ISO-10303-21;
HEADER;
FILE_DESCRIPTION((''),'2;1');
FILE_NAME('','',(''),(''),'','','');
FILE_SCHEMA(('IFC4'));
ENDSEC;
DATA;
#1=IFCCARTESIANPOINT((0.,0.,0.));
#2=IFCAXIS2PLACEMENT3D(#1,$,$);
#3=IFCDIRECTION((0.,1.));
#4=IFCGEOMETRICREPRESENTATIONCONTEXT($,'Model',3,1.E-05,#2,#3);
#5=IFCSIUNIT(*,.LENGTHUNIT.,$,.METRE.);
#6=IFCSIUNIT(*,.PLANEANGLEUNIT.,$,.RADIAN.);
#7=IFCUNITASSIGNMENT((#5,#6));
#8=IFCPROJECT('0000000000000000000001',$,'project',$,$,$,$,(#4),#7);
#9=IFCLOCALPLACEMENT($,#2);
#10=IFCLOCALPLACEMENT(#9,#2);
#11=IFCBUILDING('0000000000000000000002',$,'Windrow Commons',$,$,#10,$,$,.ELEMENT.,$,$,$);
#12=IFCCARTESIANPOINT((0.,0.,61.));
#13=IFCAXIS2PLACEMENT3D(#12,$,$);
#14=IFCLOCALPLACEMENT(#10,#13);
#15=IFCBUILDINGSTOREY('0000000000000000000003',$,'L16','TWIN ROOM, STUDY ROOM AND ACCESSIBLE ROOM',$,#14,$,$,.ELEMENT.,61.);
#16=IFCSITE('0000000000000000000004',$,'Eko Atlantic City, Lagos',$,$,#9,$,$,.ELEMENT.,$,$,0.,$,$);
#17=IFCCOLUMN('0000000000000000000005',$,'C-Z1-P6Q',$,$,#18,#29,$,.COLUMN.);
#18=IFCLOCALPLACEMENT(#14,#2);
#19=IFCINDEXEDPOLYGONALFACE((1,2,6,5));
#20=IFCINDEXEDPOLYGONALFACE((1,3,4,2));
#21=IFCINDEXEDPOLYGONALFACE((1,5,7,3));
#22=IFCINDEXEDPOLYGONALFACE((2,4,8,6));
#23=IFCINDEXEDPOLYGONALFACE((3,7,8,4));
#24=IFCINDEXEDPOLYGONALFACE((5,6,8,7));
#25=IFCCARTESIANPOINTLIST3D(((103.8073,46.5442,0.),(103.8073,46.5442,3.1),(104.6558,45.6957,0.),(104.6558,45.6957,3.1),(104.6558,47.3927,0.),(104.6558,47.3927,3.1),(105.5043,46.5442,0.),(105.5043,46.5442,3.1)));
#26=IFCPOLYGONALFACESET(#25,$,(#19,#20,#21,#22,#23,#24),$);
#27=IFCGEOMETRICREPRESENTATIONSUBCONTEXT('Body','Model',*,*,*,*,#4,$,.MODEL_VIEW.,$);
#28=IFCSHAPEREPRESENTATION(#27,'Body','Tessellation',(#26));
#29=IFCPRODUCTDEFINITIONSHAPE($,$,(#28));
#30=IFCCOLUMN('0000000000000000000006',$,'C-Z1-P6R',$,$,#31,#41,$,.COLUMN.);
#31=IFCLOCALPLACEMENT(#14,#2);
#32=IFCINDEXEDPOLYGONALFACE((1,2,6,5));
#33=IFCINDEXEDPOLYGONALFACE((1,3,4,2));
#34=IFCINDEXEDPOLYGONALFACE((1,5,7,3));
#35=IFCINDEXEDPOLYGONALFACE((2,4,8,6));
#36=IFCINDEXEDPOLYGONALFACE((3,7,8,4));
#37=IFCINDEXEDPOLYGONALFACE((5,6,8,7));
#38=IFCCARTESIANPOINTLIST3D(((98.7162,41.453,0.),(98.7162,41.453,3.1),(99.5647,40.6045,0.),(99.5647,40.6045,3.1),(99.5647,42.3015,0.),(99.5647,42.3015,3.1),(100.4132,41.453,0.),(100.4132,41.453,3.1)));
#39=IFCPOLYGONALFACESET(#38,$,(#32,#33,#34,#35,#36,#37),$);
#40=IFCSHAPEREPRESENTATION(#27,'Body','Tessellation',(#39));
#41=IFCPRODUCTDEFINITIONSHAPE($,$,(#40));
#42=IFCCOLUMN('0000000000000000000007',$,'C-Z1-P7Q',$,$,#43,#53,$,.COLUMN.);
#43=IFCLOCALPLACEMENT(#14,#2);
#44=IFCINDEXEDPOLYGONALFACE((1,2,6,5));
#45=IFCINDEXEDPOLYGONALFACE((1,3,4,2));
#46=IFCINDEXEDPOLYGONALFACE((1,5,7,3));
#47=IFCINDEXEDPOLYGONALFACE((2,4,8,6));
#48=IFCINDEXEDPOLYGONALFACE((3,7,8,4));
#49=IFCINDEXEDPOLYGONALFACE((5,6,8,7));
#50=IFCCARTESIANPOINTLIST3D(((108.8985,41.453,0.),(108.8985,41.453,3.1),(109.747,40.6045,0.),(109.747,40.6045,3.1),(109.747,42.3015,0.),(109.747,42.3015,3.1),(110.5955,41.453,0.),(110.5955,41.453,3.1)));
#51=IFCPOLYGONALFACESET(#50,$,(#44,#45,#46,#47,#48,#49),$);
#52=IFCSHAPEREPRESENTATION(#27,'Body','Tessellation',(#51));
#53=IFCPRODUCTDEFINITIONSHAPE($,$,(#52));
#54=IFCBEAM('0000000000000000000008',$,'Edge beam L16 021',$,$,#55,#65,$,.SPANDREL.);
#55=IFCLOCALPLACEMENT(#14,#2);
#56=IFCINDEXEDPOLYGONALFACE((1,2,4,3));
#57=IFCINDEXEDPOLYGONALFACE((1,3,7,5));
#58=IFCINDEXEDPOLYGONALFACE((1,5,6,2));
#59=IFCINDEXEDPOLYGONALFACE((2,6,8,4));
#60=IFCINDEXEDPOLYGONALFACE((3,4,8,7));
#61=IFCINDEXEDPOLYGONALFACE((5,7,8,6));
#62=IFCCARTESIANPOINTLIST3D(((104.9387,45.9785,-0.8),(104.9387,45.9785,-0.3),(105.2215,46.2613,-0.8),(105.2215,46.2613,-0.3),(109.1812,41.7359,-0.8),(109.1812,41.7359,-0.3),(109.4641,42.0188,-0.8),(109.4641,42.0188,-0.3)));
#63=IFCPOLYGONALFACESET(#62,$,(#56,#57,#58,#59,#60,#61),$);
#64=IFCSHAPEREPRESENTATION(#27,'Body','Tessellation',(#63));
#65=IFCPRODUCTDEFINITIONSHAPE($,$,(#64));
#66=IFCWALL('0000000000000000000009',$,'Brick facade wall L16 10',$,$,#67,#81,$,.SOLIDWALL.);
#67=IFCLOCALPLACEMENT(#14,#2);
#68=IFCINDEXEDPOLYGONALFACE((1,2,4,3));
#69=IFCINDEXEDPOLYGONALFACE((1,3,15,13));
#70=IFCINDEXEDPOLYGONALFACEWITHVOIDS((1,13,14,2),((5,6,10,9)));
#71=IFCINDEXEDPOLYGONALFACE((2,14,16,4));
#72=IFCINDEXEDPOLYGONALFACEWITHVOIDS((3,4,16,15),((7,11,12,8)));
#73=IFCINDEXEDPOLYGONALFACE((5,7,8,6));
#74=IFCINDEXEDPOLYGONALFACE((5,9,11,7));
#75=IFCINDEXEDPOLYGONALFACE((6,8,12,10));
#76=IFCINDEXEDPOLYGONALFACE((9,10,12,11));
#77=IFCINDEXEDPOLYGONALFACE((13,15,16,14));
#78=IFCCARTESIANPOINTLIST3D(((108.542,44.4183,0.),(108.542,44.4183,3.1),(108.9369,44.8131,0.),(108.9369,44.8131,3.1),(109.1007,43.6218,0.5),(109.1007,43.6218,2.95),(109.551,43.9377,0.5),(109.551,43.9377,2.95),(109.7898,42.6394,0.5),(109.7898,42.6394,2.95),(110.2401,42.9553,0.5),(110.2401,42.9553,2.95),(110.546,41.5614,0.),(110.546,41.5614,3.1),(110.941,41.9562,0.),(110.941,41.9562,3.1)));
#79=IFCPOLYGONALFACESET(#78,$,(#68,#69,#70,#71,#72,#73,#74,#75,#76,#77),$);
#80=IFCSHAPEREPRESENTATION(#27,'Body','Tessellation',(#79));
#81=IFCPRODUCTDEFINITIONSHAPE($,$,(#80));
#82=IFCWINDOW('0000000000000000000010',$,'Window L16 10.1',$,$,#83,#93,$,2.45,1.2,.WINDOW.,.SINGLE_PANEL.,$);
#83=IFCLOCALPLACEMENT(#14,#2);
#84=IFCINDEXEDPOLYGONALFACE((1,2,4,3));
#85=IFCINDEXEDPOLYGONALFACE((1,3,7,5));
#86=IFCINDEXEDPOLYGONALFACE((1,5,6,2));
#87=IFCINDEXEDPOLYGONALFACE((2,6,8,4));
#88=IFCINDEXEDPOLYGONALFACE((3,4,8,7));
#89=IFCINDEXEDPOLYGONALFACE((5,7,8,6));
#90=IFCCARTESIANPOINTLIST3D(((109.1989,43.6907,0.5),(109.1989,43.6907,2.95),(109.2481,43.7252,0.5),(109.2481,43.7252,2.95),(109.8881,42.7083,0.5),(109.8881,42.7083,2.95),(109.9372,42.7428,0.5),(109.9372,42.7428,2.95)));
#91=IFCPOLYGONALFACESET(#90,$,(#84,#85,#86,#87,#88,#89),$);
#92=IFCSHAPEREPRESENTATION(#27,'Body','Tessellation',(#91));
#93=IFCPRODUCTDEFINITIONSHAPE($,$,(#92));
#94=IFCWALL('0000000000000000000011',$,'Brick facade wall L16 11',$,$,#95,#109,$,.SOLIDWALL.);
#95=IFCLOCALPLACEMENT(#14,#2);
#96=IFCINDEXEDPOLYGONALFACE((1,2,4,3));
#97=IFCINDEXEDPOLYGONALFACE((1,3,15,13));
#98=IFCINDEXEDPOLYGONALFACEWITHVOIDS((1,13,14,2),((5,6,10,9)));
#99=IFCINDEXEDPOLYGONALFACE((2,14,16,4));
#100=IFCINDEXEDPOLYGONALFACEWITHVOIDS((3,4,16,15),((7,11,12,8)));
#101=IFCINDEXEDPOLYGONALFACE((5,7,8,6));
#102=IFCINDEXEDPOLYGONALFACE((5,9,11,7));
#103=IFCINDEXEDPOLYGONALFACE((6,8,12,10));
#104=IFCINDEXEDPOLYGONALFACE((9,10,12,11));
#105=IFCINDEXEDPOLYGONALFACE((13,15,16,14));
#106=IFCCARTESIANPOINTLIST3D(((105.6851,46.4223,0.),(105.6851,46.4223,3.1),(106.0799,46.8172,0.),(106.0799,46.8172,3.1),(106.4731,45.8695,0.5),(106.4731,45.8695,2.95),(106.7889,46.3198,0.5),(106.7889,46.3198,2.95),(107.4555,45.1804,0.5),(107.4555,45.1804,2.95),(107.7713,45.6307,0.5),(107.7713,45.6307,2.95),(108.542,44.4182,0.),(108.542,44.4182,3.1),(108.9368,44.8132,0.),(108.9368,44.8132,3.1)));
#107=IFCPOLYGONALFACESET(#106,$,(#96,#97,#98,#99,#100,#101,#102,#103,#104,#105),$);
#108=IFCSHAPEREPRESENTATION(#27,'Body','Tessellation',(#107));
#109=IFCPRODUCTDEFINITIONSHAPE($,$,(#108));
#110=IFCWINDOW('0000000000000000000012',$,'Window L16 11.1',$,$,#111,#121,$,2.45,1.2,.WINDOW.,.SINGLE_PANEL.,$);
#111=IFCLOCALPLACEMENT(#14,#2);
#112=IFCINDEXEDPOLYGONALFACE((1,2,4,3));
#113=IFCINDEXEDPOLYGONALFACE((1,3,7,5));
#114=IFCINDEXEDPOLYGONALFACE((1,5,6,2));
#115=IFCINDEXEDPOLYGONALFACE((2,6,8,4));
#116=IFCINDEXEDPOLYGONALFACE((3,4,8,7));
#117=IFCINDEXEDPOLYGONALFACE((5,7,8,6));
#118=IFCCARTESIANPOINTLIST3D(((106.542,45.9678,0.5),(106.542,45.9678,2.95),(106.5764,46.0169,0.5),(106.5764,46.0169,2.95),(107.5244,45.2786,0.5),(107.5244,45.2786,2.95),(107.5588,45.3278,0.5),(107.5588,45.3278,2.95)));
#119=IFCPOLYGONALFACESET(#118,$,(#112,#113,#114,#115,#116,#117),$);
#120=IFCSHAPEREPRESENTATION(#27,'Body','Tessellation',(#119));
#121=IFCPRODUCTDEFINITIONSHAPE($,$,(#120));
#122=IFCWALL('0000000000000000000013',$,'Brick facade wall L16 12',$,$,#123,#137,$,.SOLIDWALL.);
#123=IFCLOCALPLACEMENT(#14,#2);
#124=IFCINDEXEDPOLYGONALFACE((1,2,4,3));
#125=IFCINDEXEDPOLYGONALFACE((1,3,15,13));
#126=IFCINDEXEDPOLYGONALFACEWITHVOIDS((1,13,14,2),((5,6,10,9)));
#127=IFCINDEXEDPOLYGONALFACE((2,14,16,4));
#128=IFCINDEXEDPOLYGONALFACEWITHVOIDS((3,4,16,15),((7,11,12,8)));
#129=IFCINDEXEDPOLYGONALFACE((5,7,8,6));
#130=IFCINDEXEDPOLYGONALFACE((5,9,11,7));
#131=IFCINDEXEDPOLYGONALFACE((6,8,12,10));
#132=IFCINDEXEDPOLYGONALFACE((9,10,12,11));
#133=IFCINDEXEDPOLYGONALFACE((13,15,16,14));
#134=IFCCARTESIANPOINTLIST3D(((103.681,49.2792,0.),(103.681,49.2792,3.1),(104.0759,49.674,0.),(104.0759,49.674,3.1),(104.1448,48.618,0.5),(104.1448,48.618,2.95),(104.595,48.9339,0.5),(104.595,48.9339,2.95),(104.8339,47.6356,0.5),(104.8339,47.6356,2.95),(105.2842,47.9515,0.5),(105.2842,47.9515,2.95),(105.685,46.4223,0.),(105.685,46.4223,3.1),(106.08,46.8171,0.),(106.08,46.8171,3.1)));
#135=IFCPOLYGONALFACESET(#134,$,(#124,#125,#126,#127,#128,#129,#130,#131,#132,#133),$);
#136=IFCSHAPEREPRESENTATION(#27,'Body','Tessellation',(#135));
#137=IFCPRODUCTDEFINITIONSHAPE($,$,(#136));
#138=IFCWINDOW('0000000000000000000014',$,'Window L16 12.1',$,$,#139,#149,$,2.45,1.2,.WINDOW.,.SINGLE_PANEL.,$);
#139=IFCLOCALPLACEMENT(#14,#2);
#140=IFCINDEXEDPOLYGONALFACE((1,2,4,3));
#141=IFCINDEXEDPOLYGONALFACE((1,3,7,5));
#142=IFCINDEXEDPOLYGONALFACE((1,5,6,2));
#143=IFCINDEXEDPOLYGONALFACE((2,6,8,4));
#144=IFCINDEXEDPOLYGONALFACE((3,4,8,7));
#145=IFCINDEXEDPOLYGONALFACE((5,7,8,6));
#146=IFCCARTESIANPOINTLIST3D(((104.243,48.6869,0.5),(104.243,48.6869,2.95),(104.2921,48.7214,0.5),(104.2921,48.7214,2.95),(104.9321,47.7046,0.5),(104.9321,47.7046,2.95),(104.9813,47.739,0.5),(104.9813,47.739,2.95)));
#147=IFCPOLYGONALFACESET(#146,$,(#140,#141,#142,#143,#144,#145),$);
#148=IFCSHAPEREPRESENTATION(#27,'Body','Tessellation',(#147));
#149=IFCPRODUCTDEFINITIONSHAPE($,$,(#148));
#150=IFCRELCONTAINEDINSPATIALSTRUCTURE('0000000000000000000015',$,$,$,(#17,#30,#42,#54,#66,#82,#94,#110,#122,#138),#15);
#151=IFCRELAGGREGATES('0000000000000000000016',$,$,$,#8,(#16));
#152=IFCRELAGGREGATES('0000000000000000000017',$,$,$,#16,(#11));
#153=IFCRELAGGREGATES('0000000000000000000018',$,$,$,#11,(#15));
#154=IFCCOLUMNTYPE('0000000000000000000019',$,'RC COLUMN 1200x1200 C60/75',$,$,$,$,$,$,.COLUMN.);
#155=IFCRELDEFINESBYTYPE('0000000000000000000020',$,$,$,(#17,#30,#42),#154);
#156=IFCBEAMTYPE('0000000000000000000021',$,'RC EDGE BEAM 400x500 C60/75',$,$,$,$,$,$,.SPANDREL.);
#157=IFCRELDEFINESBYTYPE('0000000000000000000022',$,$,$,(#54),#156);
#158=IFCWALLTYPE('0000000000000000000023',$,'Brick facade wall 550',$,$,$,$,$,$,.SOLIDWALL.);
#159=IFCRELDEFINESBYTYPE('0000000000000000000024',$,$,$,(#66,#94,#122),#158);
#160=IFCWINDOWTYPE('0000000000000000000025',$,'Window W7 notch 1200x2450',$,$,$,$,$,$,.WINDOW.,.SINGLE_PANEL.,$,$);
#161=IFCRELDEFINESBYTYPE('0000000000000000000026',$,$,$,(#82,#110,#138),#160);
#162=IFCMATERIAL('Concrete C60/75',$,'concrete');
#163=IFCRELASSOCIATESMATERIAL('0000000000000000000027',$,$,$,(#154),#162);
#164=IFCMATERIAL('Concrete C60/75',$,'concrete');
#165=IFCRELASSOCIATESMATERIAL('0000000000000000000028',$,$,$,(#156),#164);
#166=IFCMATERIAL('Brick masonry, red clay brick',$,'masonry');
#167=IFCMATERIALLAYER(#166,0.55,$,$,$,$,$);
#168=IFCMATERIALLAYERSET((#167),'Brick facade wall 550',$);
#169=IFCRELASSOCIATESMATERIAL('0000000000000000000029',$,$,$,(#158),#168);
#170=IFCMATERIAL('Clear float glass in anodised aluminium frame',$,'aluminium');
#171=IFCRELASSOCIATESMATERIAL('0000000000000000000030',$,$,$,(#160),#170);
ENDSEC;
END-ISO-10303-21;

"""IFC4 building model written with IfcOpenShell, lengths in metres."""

from ifc_helpers import new_model, si_unit, direction, frame, frame_2d, origin, origin_2d, place, context, subcontext, project, spatial, polyline, rectangle, outline, extrude, material, layer, layer_set, material_profile, profile_set, type_object, element, fill, save


model = new_model("IFC4")

# Units and contexts
model_context = context("Model", 3, precision=1e-05, world=origin(), true_north=direction((0.0, 1.0)))
body_context = subcontext(model_context, "Body", "Model", "MODEL_VIEW")
ifc_project = project(units=[si_unit("LENGTHUNIT", "METRE"), si_unit("PLANEANGLEUNIT", "RADIAN")], contexts=[model_context])

# Site, building, storey
site_placement = place(None, origin())
site = spatial("IfcSite", under=ifc_project, at=site_placement, Name="Eko Atlantic City, Lagos", CompositionType="ELEMENT", RefElevation=0.0)
building_placement = place(site_placement, origin())
building = spatial("IfcBuilding", under=site, at=building_placement, Name="Windrow Commons", CompositionType="ELEMENT")
storey_placement = place(building_placement, frame((0.0, 0.0, 61.0)))
storey = spatial("IfcBuildingStorey", under=building, at=storey_placement, Name="L16", Description="TWIN ROOM, STUDY ROOM AND ACCESSIBLE ROOM", CompositionType="ELEMENT", Elevation=61.0)

# Columns
ifc_material_1 = material(Name="Concrete C60/75", Category="concrete")
ifc_material_profile_1 = material_profile(ifc_material_1, rectangle(XDim=1.2, YDim=1.2, at=origin_2d()))
ifc_profile_set_1 = profile_set([ifc_material_profile_1], Name="Concrete C60/75")
column_type = type_object("IfcColumnType", Name="RC COLUMN 1200x1200 C60/75", PredefinedType="COLUMN", material=ifc_profile_set_1)
for number, where, z_axis, x_axis, name in (
    (1, (104.6558, 46.5442, 0.0), (0.0, 0.0, 1.0), (0.707107, -0.707107, 0.0), "C-Z1-P6Q"),
    (2, (99.5647, 41.453, 0.0), (0.0, 0.0, 1.0), (0.707107, -0.707107, 0.0), "C-Z1-P6R"),
    (3, (109.747, 41.453, 0.0), (0.0, 0.0, 1.0), (0.707107, -0.707107, 0.0), "C-Z1-P7Q"),
):
    element("IfcColumn", number, at=place(storey_placement, frame(where, z_axis=z_axis, x_axis=x_axis)), inside=storey, type_object=column_type, Name=name, PredefinedType="COLUMN", context=body_context, shape_type="SweptSolid", body=[
        extrude(rectangle(XDim=1.2, YDim=1.2, at=origin_2d()), origin(), (0.0, 0.0, 1.0), 3.1),
    ])

# Beam
ifc_material_2 = material(Name="Concrete C60/75", Category="concrete")
ifc_material_profile_2 = material_profile(ifc_material_2, rectangle(XDim=0.4, YDim=0.5, at=origin_2d()))
ifc_profile_set_2 = profile_set([ifc_material_profile_2], Name="Concrete C60/75")
beam_type = type_object("IfcBeamType", Name="RC EDGE BEAM 400x500 C60/75", PredefinedType="SPANDREL", material=ifc_profile_set_2)
beam_placement = place(storey_placement, frame((105.0801, 46.1199, -0.55), z_axis=(0.707107, -0.707107, 0.0), x_axis=(0.707107, 0.707107, 0.0)))
element("IfcBeam", 4, at=beam_placement, inside=storey, type_object=beam_type, Name="Edge beam L16 021", PredefinedType="SPANDREL", context=body_context, shape_type="SweptSolid", body=[
    extrude(rectangle(XDim=0.4, YDim=0.5, at=origin_2d()), origin(), (0.0, 0.0, 1.0), 5.9999),
])

# Walls, openings, windows
ifc_material_3 = material(Name="Brick masonry, red clay brick", Category="masonry")
ifc_layer_1 = layer(ifc_material_3, 0.55)
ifc_layer_set_1 = layer_set([ifc_layer_1], Name="Brick facade wall 550")
wall_type_1 = type_object("IfcWallType", Name="Brick facade wall 550", PredefinedType="SOLIDWALL", material=ifc_layer_set_1)
wall_1_placement = place(storey_placement, frame((110.7435, 41.7588, 0.0), z_axis=(0.0, 0.0, 1.0), x_axis=(-0.574283, 0.818657, 0.0)))
wall_1 = element("IfcWall", 5, at=wall_1_placement, inside=storey, type_object=wall_type_1, Name="Brick facade wall L16 10", PredefinedType="SOLIDWALL", context=body_context, shape_type="SweptSolid", body=[
    extrude(outline(polyline([(0.0482, -0.275), (3.5379, -0.275), (3.4415, 0.275), (-0.0482, 0.275), (0.0482, -0.275)])), origin(), (0.0, 0.0, 1.0), 3.1),
])
opening_1_placement = place(wall_1_placement, frame((1.2686, 0.0, 0.5)))
opening_1 = element("IfcOpeningElement", 6, at=opening_1_placement, cuts=wall_1, PredefinedType="OPENING", context=body_context, shape_type="SweptSolid", body=[
    extrude(rectangle(XDim=1.2, YDim=2.45, at=frame_2d((0.6, 1.225))), frame((0.0, 0.285, 0.0), z_axis=(0.0, -1.0, 0.0), x_axis=(1.0, 0.0, 0.0)), (0.0, 0.0, 1.0), 0.57),
])
ifc_material_4 = material(Name="Clear float glass in anodised aluminium frame", Category="aluminium")
window_type = type_object("IfcWindowType", Name="Window W7 notch 1200x2450", PartitioningType="SINGLE_PANEL", PredefinedType="WINDOW", material=ifc_material_4)
window_1_placement = place(opening_1_placement, origin())
window_1 = element("IfcWindow", 7, at=window_1_placement, inside=storey, type_object=window_type, Name="Window L16 10.1", OverallHeight=2.45, OverallWidth=1.2, PartitioningType="SINGLE_PANEL", PredefinedType="WINDOW", context=body_context, shape_type="SweptSolid", body=[
    extrude(rectangle(XDim=1.2, YDim=2.45, at=frame_2d((0.6, 1.225))), frame((0.0, 0.155, 0.0), z_axis=(0.0, -1.0, 0.0), x_axis=(1.0, 0.0, 0.0)), (0.0, 0.0, 1.0), 0.06),
])
fill(opening_1, window_1)
wall_2_placement = place(storey_placement, frame((108.7394, 44.6157, 0.0), z_axis=(0.0, 0.0, 1.0), x_axis=(-0.81867, 0.574264, 0.0)))
wall_2 = element("IfcWall", 8, at=wall_2_placement, inside=storey, type_object=wall_type_1, Name="Brick facade wall L16 11", PredefinedType="SOLIDWALL", context=body_context, shape_type="SweptSolid", body=[
    extrude(outline(polyline([(-0.0482, -0.275), (3.4415, -0.275), (3.5379, 0.275), (0.0482, 0.275), (-0.0482, -0.275)])), origin(), (0.0, 0.0, 1.0), 3.1),
])
opening_2_placement = place(wall_2_placement, frame((1.3754, 0.0, 0.5)))
opening_2 = element("IfcOpeningElement", 9, at=opening_2_placement, cuts=wall_2, PredefinedType="OPENING", context=body_context, shape_type="SweptSolid", body=[
    extrude(rectangle(XDim=1.2, YDim=2.45, at=frame_2d((0.6, 1.225))), frame((0.0, 0.285, 0.0), z_axis=(0.0, -1.0, 0.0), x_axis=(1.0, 0.0, 0.0)), (0.0, 0.0, 1.0), 0.57),
])
window_2_placement = place(opening_2_placement, origin())
window_2 = element("IfcWindow", 10, at=window_2_placement, inside=storey, type_object=window_type, Name="Window L16 11.1", OverallHeight=2.45, OverallWidth=1.2, PartitioningType="SINGLE_PANEL", PredefinedType="WINDOW", context=body_context, shape_type="SweptSolid", body=[
    extrude(rectangle(XDim=1.2, YDim=2.45, at=frame_2d((0.6, 1.225))), frame((0.0, 0.155, 0.0), z_axis=(0.0, -1.0, 0.0), x_axis=(1.0, 0.0, 0.0)), (0.0, 0.0, 1.0), 0.06),
])
fill(opening_2, window_2)
wall_3_placement = place(storey_placement, frame((105.8825, 46.6197, 0.0), z_axis=(0.0, 0.0, 1.0), x_axis=(-0.574283, 0.818657, 0.0)))
wall_3 = element("IfcWall", 11, at=wall_3_placement, inside=storey, type_object=wall_type_1, Name="Brick facade wall L16 12", PredefinedType="SOLIDWALL", context=body_context, shape_type="SweptSolid", body=[
    extrude(outline(polyline([(0.0482, -0.275), (3.5379, -0.275), (3.4415, 0.275), (-0.0482, 0.275), (0.0482, -0.275)])), origin(), (0.0, 0.0, 1.0), 3.1),
])
opening_3_placement = place(wall_3_placement, frame((1.4339, 0.0, 0.5)))
opening_3 = element("IfcOpeningElement", 12, at=opening_3_placement, cuts=wall_3, PredefinedType="OPENING", context=body_context, shape_type="SweptSolid", body=[
    extrude(rectangle(XDim=1.2, YDim=2.45, at=frame_2d((0.6, 1.225))), frame((0.0, 0.285, 0.0), z_axis=(0.0, -1.0, 0.0), x_axis=(1.0, 0.0, 0.0)), (0.0, 0.0, 1.0), 0.57),
])
window_3_placement = place(opening_3_placement, origin())
window_3 = element("IfcWindow", 13, at=window_3_placement, inside=storey, type_object=window_type, Name="Window L16 12.1", OverallHeight=2.45, OverallWidth=1.2, PartitioningType="SINGLE_PANEL", PredefinedType="WINDOW", context=body_context, shape_type="SweptSolid", body=[
    extrude(rectangle(XDim=1.2, YDim=2.45, at=frame_2d((0.6, 1.225))), frame((0.0, 0.155, 0.0), z_axis=(0.0, -1.0, 0.0), x_axis=(1.0, 0.0, 0.0)), (0.0, 0.0, 1.0), 0.06),
])
fill(opening_3, window_3)

save(model, "model.ifc")
